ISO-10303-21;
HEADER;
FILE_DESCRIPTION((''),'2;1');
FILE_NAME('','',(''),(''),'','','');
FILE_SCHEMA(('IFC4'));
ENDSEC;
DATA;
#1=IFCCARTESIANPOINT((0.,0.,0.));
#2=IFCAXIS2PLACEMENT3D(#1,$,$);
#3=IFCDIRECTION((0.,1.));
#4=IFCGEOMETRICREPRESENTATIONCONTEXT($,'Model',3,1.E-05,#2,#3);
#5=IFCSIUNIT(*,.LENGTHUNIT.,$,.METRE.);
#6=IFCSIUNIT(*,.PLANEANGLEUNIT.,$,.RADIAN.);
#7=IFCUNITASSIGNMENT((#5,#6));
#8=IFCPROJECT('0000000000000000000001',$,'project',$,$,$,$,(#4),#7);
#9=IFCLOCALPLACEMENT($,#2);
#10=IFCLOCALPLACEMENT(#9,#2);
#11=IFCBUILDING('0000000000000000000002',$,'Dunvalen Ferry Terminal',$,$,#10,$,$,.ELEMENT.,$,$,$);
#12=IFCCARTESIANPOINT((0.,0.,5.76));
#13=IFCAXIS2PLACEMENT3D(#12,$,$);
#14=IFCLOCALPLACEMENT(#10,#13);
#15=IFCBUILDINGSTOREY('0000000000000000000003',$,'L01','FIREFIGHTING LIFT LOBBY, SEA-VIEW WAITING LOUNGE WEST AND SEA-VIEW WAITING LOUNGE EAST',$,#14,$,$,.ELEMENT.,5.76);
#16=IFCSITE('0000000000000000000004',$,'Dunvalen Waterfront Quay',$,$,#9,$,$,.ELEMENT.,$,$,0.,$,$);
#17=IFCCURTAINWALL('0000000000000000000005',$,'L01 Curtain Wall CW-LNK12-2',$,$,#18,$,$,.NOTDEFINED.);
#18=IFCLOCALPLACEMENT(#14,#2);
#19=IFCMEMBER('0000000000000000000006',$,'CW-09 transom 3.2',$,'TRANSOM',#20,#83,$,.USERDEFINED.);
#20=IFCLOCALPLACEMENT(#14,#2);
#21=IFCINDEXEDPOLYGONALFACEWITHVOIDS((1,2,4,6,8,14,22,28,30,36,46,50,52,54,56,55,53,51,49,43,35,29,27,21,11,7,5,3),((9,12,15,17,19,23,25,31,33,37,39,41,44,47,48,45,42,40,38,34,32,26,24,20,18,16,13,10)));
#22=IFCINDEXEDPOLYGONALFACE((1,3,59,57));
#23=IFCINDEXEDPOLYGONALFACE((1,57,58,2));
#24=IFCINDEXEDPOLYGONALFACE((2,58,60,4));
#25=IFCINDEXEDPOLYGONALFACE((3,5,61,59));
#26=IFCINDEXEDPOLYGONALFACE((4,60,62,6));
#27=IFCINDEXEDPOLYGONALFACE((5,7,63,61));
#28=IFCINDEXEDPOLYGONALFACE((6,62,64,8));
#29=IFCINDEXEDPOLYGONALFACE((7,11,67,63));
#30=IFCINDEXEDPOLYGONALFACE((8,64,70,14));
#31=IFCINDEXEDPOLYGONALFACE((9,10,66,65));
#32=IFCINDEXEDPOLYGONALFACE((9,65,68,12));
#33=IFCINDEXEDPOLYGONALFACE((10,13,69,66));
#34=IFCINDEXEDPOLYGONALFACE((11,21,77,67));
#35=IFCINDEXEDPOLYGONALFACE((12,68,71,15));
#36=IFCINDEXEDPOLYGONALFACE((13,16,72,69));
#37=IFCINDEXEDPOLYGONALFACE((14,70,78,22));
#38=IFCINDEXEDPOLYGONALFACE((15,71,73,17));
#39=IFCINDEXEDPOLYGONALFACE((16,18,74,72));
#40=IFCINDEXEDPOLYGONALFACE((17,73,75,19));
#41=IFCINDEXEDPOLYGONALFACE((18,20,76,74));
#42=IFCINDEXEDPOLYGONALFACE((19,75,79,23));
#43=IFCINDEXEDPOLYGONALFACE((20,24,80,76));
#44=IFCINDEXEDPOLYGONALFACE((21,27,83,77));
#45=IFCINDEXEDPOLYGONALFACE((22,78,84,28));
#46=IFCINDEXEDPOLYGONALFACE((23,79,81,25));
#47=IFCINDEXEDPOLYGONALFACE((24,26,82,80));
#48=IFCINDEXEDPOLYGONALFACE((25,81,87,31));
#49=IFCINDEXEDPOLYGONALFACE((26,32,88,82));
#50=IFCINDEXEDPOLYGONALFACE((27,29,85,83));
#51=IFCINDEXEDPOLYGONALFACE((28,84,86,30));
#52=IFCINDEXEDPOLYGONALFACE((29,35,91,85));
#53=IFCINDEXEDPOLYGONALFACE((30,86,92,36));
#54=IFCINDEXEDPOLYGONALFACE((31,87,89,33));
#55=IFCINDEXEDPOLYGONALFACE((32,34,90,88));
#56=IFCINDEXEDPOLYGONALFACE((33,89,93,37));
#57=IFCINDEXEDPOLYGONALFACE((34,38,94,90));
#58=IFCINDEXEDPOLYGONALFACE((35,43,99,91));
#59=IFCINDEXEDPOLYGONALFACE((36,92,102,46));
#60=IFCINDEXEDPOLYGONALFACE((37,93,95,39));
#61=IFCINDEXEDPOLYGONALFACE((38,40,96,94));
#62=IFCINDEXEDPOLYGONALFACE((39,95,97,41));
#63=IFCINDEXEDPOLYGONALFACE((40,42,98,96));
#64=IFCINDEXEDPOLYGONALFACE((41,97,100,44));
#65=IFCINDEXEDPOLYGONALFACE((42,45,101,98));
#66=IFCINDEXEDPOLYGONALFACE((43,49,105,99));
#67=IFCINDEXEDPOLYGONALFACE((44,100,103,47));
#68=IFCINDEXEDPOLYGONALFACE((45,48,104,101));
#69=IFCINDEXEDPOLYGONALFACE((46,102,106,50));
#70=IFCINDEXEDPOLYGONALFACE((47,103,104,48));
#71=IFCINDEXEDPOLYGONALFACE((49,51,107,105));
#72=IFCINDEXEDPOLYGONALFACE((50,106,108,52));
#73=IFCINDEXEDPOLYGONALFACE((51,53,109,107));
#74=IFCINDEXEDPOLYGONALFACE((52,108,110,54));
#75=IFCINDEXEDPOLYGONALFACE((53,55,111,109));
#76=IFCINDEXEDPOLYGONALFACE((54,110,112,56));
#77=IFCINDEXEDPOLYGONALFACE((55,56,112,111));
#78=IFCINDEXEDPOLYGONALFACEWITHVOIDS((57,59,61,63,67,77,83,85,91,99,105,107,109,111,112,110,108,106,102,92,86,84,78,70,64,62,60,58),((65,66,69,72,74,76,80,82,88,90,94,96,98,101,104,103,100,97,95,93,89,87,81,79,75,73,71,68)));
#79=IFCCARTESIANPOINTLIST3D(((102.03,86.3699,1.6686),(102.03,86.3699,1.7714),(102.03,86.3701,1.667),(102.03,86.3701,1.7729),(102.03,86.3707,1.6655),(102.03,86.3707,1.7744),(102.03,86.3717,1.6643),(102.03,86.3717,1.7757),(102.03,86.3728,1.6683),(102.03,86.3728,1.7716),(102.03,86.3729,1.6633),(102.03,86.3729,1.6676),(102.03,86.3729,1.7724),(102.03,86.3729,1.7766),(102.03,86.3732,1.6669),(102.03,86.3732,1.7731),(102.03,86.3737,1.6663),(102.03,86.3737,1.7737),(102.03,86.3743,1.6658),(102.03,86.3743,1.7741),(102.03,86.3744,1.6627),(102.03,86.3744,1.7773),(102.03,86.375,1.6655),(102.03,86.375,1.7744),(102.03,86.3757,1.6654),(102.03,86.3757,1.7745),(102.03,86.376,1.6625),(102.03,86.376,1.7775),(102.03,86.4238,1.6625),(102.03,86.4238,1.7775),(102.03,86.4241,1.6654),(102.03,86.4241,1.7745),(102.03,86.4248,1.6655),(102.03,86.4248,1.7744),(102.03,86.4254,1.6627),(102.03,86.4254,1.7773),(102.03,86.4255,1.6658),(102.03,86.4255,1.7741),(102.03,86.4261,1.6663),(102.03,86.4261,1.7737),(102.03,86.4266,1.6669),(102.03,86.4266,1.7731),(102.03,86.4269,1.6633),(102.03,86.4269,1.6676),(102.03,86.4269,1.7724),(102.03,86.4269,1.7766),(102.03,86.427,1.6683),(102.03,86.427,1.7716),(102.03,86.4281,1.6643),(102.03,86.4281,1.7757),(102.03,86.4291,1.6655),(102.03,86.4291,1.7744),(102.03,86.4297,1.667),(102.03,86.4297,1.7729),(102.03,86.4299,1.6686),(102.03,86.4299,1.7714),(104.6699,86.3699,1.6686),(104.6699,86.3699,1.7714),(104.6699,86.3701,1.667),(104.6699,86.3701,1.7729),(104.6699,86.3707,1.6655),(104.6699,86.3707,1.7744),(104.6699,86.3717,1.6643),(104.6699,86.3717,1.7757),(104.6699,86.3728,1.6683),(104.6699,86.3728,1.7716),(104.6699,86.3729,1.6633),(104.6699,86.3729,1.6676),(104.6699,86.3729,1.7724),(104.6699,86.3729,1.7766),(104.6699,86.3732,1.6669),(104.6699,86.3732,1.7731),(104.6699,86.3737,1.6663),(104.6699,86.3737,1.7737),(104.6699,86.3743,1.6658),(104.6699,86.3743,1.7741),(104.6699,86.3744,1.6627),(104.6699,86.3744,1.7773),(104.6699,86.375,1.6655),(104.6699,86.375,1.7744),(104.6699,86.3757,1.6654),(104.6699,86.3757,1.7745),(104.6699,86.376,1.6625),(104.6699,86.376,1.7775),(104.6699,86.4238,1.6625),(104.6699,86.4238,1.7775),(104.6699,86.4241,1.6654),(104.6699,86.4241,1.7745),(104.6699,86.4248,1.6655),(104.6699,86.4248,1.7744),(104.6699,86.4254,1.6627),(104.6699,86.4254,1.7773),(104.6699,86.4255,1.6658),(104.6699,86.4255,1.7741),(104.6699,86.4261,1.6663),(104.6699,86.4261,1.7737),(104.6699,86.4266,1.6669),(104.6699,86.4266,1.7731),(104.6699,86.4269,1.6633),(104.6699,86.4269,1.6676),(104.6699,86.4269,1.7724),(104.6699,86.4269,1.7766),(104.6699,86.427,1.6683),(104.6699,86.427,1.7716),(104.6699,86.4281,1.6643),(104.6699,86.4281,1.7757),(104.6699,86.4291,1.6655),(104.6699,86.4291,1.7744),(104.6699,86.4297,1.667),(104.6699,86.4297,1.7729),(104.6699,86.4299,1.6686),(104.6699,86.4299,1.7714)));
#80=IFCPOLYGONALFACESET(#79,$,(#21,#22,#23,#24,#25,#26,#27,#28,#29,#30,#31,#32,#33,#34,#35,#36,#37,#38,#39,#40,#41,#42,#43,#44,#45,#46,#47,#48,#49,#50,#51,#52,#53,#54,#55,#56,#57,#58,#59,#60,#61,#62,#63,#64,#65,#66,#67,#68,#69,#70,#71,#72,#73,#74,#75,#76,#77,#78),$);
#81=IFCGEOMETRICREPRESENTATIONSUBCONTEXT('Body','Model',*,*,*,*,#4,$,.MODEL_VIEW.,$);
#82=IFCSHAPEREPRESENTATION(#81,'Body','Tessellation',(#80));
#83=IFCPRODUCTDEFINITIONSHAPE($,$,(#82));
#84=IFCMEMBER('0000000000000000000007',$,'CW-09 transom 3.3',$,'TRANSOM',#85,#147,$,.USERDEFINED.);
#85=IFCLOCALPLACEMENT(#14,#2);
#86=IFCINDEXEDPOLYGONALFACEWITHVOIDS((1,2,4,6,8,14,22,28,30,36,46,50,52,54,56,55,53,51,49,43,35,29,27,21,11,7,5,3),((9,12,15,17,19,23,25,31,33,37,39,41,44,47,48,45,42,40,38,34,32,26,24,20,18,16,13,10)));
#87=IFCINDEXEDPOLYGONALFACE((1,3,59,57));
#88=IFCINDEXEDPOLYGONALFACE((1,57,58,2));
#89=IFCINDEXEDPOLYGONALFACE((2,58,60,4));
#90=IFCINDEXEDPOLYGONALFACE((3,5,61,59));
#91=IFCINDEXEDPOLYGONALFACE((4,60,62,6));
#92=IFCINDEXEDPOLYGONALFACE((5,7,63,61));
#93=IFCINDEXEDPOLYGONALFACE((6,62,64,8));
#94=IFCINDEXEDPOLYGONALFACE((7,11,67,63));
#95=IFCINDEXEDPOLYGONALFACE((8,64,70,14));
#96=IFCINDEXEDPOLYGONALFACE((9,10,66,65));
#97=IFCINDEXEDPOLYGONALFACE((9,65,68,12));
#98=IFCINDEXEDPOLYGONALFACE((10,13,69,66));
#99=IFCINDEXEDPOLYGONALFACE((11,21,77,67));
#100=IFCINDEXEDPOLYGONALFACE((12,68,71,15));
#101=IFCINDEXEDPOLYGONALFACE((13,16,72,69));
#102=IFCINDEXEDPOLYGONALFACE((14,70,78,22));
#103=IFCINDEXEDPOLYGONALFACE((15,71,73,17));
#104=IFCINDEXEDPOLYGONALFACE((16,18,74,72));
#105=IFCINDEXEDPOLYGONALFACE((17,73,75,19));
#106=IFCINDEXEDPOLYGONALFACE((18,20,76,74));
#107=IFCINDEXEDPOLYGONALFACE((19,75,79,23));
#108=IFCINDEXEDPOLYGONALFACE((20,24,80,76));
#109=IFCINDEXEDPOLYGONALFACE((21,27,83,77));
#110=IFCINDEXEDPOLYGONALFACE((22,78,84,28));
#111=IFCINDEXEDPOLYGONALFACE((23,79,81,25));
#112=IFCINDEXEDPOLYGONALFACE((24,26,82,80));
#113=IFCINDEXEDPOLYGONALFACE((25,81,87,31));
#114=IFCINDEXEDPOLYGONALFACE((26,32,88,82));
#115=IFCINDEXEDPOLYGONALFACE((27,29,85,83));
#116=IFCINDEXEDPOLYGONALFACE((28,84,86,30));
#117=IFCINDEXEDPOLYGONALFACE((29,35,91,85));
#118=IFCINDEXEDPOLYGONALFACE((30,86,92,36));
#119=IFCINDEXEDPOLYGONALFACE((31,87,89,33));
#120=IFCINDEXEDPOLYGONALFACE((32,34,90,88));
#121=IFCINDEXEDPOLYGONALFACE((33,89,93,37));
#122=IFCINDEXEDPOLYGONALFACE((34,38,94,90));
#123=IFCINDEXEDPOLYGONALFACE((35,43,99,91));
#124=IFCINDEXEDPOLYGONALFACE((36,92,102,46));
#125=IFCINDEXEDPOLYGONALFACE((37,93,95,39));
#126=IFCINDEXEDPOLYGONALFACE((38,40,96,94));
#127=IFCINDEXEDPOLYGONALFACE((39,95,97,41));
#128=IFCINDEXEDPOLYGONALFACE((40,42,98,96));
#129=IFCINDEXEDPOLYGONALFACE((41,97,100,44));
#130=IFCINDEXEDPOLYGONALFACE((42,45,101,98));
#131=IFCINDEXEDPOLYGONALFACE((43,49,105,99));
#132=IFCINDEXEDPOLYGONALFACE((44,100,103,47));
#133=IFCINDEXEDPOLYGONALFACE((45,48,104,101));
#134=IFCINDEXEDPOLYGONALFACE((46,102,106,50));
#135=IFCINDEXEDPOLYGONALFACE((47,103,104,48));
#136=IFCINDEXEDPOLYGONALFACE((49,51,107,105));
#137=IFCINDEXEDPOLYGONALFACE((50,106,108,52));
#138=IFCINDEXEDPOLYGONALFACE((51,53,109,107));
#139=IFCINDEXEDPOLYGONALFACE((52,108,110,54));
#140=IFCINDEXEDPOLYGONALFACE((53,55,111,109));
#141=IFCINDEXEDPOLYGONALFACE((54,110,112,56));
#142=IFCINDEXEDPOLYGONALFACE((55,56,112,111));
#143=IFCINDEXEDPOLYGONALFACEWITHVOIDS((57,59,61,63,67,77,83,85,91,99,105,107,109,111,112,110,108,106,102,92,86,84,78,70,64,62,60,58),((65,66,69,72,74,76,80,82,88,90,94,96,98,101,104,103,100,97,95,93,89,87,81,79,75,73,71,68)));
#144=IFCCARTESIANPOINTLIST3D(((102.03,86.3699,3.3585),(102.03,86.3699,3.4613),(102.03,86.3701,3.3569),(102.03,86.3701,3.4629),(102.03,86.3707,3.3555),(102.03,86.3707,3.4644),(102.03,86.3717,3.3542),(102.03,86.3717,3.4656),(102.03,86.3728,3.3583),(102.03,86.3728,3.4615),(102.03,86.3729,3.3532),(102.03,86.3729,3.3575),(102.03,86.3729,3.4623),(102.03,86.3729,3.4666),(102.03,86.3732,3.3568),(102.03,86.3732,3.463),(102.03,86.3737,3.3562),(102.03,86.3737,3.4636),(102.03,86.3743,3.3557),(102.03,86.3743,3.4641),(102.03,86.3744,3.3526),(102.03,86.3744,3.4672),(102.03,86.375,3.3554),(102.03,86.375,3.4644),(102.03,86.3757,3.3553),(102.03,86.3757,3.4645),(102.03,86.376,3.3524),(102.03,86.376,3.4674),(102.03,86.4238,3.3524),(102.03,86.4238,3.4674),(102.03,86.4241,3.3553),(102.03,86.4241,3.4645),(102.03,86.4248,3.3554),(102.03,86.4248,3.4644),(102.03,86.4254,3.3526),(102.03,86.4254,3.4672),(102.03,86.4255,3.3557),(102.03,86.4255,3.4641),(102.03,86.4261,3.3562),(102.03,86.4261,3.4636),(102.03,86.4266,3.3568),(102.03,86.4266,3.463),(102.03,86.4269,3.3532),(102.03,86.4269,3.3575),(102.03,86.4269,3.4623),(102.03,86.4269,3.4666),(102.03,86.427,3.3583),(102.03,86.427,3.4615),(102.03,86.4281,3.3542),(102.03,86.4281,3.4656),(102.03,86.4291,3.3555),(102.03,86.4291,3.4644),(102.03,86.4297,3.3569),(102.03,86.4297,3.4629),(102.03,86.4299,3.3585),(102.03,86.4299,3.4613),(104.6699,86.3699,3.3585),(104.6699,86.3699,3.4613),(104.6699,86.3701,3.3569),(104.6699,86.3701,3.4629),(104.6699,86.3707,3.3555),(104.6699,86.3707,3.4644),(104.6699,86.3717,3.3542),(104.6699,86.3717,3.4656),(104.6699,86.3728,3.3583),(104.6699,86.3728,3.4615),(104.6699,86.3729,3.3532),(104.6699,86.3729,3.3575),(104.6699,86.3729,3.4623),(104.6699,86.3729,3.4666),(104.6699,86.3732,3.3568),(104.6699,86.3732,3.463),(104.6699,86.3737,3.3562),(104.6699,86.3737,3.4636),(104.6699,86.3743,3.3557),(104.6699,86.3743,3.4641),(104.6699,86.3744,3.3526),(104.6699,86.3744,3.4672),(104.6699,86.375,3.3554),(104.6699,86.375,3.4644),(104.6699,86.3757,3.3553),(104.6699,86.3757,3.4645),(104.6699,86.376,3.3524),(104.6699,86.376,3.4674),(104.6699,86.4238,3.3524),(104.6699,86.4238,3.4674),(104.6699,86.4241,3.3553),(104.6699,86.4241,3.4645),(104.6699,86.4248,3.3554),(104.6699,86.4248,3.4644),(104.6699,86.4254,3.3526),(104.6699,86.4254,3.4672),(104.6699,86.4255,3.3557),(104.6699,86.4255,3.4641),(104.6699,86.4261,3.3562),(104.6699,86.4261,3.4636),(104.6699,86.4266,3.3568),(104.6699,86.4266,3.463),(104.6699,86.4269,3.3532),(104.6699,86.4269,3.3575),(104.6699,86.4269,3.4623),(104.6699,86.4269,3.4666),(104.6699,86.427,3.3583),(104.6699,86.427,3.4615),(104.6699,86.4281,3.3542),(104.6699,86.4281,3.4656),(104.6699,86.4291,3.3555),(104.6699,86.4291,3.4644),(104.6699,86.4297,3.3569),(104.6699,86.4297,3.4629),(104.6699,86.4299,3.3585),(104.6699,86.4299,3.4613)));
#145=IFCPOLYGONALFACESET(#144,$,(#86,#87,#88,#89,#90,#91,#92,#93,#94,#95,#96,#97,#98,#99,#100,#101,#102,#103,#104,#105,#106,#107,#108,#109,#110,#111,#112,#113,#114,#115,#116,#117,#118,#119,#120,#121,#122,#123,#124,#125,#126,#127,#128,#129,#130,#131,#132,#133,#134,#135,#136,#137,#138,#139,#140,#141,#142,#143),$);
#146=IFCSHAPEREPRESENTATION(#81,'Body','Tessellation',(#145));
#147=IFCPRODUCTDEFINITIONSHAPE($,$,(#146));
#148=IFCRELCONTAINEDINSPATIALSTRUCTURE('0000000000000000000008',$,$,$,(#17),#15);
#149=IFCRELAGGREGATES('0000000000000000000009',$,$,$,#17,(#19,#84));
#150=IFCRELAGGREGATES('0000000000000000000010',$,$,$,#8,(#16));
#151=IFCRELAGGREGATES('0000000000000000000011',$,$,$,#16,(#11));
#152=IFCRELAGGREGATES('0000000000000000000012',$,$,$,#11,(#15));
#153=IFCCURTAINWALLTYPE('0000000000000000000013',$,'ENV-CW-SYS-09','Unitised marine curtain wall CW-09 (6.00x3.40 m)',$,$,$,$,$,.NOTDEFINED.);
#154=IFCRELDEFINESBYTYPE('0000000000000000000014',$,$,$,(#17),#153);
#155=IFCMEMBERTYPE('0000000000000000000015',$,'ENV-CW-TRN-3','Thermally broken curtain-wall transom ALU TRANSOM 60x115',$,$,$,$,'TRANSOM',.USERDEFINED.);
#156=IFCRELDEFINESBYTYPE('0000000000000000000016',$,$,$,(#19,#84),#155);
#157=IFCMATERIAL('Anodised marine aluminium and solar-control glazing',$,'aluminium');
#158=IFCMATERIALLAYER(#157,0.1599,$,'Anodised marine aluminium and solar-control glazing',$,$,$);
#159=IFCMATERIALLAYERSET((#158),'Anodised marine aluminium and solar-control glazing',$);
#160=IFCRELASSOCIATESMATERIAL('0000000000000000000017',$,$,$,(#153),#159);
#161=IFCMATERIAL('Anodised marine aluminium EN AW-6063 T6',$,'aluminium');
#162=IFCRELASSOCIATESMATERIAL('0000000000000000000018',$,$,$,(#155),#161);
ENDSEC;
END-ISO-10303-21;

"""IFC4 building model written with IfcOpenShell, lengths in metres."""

from ifc_helpers import new_model, si_unit, direction, frame, origin, origin_2d, place, context, subcontext, project, spatial, hollow_rectangle, extrude, material, layer, layer_set, material_profile, profile_set, type_object, element, aggregate, save


model = new_model("IFC4")

# Units and contexts
model_context = context("Model", 3, precision=1e-05, world=origin(), true_north=direction((0.0, 1.0)))
body_context = subcontext(model_context, "Body", "Model", "MODEL_VIEW")
ifc_project = project(units=[si_unit("LENGTHUNIT", "METRE"), si_unit("PLANEANGLEUNIT", "RADIAN")], contexts=[model_context])

# Site, building, storey
site_placement = place(None, origin())
site = spatial("IfcSite", under=ifc_project, at=site_placement, Name="Dunvalen Waterfront Quay", CompositionType="ELEMENT", RefElevation=0.0)
building_placement = place(site_placement, origin())
building = spatial("IfcBuilding", under=site, at=building_placement, Name="Dunvalen Ferry Terminal", CompositionType="ELEMENT")
storey_placement = place(building_placement, frame((0.0, 0.0, 5.76)))
storey = spatial("IfcBuildingStorey", under=building, at=storey_placement, Name="L01", Description="FIREFIGHTING LIFT LOBBY, SEA-VIEW WAITING LOUNGE WEST AND SEA-VIEW WAITING LOUNGE EAST", CompositionType="ELEMENT", Elevation=5.76)

# Curtain wall, members
ifc_material_1 = material(Name="Anodised marine aluminium and solar-control glazing", Category="aluminium")
ifc_layer_1 = layer(ifc_material_1, 0.1599, Name="Anodised marine aluminium and solar-control glazing")
ifc_layer_set_1 = layer_set([ifc_layer_1], Name="Anodised marine aluminium and solar-control glazing")
curtain_wall_type = type_object("IfcCurtainWallType", Name="ENV-CW-SYS-09", Description="Unitised marine curtain wall CW-09 (6.00x3.40 m)", PredefinedType="NOTDEFINED", material=ifc_layer_set_1)
curtain_wall_placement = place(storey_placement, origin())
curtain_wall = element("IfcCurtainWall", 1, at=curtain_wall_placement, inside=storey, type_object=curtain_wall_type, Name="L01 Curtain Wall CW-LNK12-2", PredefinedType="NOTDEFINED")
ifc_material_2 = material(Name="Anodised marine aluminium EN AW-6063 T6", Category="aluminium")
ifc_material_profile_1 = material_profile(ifc_material_2, hollow_rectangle(XDim=0.0601, YDim=0.115, WallThickness=0.0029, InnerFilletRadius=0.0029, OuterFilletRadius=0.0061, at=origin_2d()), Name="Anodised marine aluminium EN AW-6063 T6")
ifc_profile_set_1 = profile_set([ifc_material_profile_1], Name="Anodised marine aluminium EN AW-6063 T6")
member_type_1 = type_object("IfcMemberType", Name="ENV-CW-TRN-3", Description="Thermally broken curtain-wall transom ALU TRANSOM 60x115", ElementType="TRANSOM", PredefinedType="USERDEFINED", material=ifc_profile_set_1)
member_1_placement = place(storey_placement, frame((102.03, 86.3999, 1.72), z_axis=(1.0, 0.0, 0.0), x_axis=(0.0, 1.0, 0.0)))
member_1 = element("IfcMember", 2, at=member_1_placement, type_object=member_type_1, Name="CW-09 transom 3.2", ObjectType="TRANSOM", PredefinedType="USERDEFINED", context=body_context, shape_type="SweptSolid", body=[
    extrude(hollow_rectangle(XDim=0.0601, YDim=0.115, WallThickness=0.0029, InnerFilletRadius=0.0029, OuterFilletRadius=0.0061, at=origin_2d()), origin(), (0.0, 0.0, 1.0), 2.6399),
])
member_2_placement = place(storey_placement, frame((102.03, 86.3999, 3.4099), z_axis=(1.0, 0.0, 0.0), x_axis=(0.0, 1.0, 0.0)))
member_2 = element("IfcMember", 3, at=member_2_placement, type_object=member_type_1, Name="CW-09 transom 3.3", ObjectType="TRANSOM", PredefinedType="USERDEFINED", context=body_context, shape_type="SweptSolid", body=[
    extrude(hollow_rectangle(XDim=0.0601, YDim=0.115, WallThickness=0.0029, InnerFilletRadius=0.0029, OuterFilletRadius=0.0061, at=origin_2d()), origin(), (0.0, 0.0, 1.0), 2.6399),
])
aggregate(curtain_wall, [member_1, member_2])

save(model, "model.ifc")
